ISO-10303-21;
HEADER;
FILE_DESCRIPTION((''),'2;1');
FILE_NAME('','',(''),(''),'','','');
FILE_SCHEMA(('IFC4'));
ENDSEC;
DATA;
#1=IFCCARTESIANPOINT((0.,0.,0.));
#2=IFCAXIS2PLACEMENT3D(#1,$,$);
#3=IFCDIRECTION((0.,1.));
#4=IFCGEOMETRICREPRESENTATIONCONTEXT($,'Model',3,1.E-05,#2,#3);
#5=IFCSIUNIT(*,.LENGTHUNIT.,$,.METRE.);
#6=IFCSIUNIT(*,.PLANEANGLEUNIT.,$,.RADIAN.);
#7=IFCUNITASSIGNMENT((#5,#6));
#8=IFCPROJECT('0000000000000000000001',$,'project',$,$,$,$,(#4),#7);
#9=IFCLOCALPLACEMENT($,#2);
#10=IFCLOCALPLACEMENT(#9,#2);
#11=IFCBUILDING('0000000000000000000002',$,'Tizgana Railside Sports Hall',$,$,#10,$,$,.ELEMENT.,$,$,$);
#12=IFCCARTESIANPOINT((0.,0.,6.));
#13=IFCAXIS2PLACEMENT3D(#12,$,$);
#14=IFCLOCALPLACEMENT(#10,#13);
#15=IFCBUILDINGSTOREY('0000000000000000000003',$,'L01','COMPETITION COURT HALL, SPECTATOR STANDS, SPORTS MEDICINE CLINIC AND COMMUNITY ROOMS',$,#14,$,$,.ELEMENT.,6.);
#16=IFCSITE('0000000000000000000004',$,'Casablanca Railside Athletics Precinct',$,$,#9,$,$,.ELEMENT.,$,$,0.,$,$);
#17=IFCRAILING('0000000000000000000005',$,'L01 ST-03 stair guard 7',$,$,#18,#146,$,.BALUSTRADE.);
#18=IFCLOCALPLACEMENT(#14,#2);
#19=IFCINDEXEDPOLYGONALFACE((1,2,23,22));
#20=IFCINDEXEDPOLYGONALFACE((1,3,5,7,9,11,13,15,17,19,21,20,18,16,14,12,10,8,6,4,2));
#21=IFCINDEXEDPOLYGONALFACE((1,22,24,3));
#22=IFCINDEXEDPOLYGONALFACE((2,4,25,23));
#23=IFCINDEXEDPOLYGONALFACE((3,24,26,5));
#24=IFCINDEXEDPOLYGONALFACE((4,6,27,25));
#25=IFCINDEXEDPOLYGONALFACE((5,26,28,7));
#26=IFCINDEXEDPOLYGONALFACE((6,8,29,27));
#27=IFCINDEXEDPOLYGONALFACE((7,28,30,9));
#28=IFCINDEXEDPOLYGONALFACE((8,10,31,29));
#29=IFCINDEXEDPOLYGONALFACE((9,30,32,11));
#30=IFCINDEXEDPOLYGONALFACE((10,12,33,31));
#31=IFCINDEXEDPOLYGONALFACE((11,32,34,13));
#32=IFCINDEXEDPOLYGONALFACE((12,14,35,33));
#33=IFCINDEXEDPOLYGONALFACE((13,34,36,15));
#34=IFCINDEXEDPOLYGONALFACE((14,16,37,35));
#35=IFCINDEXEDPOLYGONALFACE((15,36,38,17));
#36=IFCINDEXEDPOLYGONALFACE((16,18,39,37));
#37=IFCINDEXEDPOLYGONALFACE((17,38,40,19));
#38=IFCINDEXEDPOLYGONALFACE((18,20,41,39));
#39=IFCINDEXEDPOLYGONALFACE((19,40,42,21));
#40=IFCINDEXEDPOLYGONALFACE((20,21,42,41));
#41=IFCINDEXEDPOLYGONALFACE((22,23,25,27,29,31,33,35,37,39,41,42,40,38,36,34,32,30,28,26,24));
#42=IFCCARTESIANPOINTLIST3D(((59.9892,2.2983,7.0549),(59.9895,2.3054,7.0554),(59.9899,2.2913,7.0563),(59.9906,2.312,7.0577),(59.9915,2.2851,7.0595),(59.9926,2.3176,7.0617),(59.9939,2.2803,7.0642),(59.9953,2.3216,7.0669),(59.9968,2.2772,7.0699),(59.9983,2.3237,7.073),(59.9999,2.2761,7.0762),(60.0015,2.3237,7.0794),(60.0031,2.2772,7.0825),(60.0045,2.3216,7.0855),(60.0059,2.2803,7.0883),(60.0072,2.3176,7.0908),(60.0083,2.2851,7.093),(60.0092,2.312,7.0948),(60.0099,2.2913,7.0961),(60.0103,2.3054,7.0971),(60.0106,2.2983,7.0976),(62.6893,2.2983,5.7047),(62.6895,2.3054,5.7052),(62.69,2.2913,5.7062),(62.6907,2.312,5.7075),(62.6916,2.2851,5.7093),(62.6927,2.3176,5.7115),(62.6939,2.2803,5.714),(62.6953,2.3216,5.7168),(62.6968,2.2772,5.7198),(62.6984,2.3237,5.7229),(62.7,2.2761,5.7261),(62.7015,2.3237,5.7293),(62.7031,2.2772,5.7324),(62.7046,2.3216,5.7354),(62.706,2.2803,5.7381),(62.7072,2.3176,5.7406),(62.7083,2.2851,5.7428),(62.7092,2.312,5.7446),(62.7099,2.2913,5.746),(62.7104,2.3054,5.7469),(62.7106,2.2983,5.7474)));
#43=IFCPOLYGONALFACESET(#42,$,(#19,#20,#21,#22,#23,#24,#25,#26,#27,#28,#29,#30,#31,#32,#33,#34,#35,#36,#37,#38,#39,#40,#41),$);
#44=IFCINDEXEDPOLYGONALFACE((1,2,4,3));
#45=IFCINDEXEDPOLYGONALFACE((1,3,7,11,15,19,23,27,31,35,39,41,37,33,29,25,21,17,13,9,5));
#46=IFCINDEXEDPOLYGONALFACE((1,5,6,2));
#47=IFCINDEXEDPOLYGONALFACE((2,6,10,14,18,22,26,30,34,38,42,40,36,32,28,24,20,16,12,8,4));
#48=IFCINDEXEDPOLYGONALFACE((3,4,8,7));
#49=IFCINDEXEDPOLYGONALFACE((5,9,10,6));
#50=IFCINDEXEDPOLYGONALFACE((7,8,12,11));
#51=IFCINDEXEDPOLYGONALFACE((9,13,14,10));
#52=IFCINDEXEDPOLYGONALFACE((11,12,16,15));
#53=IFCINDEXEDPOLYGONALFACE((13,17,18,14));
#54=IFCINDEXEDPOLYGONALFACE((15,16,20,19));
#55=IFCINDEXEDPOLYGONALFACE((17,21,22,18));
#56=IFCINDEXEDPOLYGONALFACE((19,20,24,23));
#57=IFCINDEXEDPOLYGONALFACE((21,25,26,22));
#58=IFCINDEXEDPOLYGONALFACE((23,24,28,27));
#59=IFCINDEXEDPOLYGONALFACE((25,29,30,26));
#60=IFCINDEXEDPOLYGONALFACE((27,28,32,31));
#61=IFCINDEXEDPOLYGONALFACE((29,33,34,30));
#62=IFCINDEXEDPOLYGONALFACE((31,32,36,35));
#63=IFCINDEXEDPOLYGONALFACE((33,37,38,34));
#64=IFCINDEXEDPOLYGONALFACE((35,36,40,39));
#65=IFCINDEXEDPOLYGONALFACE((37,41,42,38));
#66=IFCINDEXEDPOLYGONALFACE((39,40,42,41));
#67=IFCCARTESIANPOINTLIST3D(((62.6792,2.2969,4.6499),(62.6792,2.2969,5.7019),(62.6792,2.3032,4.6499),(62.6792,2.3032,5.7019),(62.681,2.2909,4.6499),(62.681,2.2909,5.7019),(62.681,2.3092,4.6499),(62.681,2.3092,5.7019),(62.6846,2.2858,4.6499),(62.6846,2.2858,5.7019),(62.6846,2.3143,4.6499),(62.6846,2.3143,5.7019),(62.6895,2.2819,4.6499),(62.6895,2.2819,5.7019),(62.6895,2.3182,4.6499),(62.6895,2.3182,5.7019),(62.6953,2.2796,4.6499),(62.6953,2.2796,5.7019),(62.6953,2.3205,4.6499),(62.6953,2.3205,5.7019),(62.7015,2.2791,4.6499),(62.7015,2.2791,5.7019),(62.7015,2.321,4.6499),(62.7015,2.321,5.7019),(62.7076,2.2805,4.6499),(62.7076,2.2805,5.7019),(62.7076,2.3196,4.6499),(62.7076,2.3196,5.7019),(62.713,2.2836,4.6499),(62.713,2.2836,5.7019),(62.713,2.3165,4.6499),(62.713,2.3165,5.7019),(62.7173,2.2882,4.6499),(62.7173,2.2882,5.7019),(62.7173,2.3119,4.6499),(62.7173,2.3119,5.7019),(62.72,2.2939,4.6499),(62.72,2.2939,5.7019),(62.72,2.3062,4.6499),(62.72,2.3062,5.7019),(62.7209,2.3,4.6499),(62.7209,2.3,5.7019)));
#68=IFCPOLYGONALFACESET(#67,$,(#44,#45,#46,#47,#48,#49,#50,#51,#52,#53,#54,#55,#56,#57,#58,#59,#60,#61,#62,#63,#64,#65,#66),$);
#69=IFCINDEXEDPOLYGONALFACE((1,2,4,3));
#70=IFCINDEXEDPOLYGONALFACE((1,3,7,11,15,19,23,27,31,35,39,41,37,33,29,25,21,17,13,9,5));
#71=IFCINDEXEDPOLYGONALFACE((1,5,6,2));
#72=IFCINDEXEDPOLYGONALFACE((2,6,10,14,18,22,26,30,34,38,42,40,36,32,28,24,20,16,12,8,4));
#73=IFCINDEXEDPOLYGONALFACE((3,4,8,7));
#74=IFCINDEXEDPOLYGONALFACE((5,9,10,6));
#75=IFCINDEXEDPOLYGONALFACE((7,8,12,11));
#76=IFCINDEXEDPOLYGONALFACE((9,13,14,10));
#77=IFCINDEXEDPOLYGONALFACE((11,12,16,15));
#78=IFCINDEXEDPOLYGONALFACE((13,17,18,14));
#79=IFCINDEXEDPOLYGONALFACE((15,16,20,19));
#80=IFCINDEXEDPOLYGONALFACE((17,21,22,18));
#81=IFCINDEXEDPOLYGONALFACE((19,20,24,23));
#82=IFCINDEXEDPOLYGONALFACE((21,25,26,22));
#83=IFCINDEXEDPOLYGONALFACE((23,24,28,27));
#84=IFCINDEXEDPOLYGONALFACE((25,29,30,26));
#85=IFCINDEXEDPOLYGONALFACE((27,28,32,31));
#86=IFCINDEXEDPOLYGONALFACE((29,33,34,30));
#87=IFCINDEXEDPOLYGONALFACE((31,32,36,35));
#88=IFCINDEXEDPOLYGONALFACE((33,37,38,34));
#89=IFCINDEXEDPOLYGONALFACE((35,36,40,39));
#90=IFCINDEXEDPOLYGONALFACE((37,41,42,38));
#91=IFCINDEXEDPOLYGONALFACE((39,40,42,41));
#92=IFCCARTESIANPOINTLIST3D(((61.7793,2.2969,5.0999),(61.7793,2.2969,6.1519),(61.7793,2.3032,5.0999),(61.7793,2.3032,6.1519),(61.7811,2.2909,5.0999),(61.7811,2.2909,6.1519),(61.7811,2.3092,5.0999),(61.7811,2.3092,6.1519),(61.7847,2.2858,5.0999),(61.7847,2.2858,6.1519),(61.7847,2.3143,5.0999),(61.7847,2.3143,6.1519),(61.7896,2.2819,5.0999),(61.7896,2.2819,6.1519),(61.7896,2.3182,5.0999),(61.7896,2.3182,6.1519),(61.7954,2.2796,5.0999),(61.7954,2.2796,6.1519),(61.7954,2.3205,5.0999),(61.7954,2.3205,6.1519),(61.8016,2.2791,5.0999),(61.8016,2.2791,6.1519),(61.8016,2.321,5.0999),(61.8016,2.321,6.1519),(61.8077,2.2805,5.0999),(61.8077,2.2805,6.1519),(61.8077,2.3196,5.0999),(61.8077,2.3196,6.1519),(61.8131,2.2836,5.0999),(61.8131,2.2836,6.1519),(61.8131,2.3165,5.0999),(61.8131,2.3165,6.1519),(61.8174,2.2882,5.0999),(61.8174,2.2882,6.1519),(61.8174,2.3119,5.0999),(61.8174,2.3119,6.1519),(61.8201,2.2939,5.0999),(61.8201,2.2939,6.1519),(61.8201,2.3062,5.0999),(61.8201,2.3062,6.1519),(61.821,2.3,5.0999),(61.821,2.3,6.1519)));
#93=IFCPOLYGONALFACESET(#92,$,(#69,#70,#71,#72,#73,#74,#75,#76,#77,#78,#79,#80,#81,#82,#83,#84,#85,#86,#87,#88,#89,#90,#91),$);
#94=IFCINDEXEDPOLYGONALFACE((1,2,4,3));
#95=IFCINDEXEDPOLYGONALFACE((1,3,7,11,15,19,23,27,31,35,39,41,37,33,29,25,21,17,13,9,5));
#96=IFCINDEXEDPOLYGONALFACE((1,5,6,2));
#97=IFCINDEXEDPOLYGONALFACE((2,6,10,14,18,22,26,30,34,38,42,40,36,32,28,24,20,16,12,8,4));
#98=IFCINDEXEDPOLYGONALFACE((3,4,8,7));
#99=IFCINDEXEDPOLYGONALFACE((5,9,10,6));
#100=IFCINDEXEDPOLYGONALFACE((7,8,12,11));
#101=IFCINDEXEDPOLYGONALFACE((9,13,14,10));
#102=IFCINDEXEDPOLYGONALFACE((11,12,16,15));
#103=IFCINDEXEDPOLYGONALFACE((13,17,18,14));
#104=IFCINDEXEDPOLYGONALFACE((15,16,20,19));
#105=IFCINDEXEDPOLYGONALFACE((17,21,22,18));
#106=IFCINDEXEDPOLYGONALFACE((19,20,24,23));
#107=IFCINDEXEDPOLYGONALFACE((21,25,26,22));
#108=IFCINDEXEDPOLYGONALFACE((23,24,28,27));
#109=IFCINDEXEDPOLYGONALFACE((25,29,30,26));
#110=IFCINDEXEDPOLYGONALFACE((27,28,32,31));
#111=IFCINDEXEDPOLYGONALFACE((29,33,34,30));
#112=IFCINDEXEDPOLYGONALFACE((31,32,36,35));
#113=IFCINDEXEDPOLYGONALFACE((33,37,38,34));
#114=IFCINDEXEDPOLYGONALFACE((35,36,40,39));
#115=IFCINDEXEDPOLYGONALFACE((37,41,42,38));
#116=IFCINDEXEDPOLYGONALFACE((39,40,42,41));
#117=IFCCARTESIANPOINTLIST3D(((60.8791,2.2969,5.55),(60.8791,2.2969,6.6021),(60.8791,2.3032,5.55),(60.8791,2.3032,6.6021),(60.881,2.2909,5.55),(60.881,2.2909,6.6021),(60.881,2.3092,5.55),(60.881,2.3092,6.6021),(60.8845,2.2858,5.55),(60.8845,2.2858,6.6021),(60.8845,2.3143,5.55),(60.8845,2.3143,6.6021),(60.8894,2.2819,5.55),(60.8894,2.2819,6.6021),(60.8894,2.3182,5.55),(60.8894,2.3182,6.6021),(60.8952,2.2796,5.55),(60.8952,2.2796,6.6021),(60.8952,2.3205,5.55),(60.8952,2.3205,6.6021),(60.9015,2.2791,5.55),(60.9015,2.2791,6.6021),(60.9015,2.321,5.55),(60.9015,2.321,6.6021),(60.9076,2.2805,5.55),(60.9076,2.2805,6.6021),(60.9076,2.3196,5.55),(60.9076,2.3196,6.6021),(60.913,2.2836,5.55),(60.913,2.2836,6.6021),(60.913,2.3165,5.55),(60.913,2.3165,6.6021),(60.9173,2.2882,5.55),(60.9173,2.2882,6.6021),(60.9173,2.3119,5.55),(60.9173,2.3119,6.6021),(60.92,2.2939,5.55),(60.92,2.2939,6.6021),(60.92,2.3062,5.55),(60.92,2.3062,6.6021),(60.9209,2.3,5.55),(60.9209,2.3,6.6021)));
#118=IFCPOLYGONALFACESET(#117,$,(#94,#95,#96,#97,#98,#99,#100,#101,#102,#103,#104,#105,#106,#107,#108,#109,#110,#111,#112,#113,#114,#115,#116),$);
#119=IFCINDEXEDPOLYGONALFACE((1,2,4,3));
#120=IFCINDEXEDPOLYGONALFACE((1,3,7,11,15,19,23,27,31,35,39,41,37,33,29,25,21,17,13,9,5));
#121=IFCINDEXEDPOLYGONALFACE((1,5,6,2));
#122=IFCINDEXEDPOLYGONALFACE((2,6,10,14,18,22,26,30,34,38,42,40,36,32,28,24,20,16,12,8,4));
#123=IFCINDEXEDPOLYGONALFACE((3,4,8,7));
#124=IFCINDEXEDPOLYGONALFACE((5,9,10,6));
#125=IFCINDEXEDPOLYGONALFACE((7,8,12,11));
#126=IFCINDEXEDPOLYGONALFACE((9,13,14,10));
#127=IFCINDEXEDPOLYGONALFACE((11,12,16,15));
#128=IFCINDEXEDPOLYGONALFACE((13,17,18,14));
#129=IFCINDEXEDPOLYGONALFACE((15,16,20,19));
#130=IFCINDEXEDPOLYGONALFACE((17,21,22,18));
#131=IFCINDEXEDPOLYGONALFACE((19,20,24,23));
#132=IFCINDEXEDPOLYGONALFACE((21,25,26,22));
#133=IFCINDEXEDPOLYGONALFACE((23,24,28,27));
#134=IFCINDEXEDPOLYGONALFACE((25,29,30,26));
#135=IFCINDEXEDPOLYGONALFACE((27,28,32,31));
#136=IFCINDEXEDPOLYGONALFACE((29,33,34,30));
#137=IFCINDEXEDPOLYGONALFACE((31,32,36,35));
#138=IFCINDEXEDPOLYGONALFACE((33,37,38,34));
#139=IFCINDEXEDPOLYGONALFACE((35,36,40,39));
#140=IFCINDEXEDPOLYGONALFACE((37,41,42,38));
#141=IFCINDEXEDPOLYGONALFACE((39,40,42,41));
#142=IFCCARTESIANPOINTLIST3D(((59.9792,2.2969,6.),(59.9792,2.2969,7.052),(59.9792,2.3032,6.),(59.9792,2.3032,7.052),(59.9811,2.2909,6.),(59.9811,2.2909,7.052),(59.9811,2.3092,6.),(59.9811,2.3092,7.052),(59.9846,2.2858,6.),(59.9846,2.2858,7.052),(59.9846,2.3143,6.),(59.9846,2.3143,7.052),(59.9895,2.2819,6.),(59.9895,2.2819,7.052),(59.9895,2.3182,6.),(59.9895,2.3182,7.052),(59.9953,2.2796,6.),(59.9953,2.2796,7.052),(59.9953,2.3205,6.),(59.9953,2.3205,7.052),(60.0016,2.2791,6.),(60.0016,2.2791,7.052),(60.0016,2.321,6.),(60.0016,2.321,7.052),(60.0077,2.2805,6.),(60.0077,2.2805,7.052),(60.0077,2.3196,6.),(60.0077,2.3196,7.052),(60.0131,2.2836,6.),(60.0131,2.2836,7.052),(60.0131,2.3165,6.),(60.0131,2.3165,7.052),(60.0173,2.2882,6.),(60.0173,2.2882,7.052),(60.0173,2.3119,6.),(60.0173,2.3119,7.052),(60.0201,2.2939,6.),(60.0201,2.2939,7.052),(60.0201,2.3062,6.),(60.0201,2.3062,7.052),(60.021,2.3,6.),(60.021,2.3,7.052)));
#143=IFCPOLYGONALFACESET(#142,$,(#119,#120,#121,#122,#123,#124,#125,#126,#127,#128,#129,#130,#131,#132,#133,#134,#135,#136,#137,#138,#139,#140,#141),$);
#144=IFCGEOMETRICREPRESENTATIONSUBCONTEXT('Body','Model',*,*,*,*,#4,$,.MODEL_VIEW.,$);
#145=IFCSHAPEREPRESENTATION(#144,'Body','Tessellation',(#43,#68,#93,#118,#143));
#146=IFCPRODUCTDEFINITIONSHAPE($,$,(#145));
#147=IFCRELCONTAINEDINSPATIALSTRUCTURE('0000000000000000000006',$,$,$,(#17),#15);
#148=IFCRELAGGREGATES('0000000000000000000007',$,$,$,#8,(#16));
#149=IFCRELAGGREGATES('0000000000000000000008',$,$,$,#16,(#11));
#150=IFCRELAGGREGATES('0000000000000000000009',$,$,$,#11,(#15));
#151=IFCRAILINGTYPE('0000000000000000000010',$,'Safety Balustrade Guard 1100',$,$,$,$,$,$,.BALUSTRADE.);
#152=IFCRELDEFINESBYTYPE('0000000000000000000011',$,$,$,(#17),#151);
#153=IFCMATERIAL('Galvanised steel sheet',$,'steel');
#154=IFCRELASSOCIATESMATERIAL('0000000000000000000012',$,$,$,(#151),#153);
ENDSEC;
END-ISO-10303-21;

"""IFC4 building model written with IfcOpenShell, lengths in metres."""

from ifc_helpers import new_model, si_unit, direction, frame, origin, origin_2d, place, context, subcontext, project, spatial, circle, extrude, material, type_object, element, save


model = new_model("IFC4")

# Units and contexts
model_context = context("Model", 3, precision=1e-05, world=origin(), true_north=direction((0.0, 1.0)))
body_context = subcontext(model_context, "Body", "Model", "MODEL_VIEW")
ifc_project = project(units=[si_unit("LENGTHUNIT", "METRE"), si_unit("PLANEANGLEUNIT", "RADIAN")], contexts=[model_context])

# Site, building, storey
site_placement = place(None, origin())
site = spatial("IfcSite", under=ifc_project, at=site_placement, Name="Casablanca Railside Athletics Precinct", CompositionType="ELEMENT", RefElevation=0.0)
building_placement = place(site_placement, origin())
building = spatial("IfcBuilding", under=site, at=building_placement, Name="Tizgana Railside Sports Hall", CompositionType="ELEMENT")
storey_placement = place(building_placement, frame((0.0, 0.0, 6.0)))
storey = spatial("IfcBuildingStorey", under=building, at=storey_placement, Name="L01", Description="COMPETITION COURT HALL, SPECTATOR STANDS, SPORTS MEDICINE CLINIC AND COMMUNITY ROOMS", CompositionType="ELEMENT", Elevation=6.0)

# Railing
ifc_material_1 = material(Name="Galvanised steel sheet", Category="steel")
railing_type_1 = type_object("IfcRailingType", Name="Safety Balustrade Guard 1100", PredefinedType="BALUSTRADE", material=ifc_material_1)
railing_1_placement = place(storey_placement, frame((62.7, 2.3, 4.6499)))
element("IfcRailing", 1, at=railing_1_placement, inside=storey, type_object=railing_type_1, Name="L01 ST-03 stair guard 7", PredefinedType="BALUSTRADE", context=body_context, shape_type="SweptSolid", body=[
    extrude(circle(Radius=0.0239, at=origin_2d()), frame((0.0, 0.0, 1.0762), z_axis=(-0.894411, 0.0, 0.447246), x_axis=(0.0, -1.0, 0.0)), (0.0, 0.0, 1.0), 3.0188),
    extrude(circle(Radius=0.021, at=origin_2d()), origin(), (0.0, 0.0, 1.0), 1.052),
    extrude(circle(Radius=0.021, at=origin_2d()), frame((-0.8999, 0.0, 0.45)), (0.0, 0.0, 1.0), 1.052),
    extrude(circle(Radius=0.021, at=origin_2d()), frame((-1.8, 0.0, 0.9001)), (0.0, 0.0, 1.0), 1.052),
    extrude(circle(Radius=0.021, at=origin_2d()), frame((-2.7, 0.0, 1.3501)), (0.0, 0.0, 1.0), 1.052),
])

save(model, "model.ifc")
